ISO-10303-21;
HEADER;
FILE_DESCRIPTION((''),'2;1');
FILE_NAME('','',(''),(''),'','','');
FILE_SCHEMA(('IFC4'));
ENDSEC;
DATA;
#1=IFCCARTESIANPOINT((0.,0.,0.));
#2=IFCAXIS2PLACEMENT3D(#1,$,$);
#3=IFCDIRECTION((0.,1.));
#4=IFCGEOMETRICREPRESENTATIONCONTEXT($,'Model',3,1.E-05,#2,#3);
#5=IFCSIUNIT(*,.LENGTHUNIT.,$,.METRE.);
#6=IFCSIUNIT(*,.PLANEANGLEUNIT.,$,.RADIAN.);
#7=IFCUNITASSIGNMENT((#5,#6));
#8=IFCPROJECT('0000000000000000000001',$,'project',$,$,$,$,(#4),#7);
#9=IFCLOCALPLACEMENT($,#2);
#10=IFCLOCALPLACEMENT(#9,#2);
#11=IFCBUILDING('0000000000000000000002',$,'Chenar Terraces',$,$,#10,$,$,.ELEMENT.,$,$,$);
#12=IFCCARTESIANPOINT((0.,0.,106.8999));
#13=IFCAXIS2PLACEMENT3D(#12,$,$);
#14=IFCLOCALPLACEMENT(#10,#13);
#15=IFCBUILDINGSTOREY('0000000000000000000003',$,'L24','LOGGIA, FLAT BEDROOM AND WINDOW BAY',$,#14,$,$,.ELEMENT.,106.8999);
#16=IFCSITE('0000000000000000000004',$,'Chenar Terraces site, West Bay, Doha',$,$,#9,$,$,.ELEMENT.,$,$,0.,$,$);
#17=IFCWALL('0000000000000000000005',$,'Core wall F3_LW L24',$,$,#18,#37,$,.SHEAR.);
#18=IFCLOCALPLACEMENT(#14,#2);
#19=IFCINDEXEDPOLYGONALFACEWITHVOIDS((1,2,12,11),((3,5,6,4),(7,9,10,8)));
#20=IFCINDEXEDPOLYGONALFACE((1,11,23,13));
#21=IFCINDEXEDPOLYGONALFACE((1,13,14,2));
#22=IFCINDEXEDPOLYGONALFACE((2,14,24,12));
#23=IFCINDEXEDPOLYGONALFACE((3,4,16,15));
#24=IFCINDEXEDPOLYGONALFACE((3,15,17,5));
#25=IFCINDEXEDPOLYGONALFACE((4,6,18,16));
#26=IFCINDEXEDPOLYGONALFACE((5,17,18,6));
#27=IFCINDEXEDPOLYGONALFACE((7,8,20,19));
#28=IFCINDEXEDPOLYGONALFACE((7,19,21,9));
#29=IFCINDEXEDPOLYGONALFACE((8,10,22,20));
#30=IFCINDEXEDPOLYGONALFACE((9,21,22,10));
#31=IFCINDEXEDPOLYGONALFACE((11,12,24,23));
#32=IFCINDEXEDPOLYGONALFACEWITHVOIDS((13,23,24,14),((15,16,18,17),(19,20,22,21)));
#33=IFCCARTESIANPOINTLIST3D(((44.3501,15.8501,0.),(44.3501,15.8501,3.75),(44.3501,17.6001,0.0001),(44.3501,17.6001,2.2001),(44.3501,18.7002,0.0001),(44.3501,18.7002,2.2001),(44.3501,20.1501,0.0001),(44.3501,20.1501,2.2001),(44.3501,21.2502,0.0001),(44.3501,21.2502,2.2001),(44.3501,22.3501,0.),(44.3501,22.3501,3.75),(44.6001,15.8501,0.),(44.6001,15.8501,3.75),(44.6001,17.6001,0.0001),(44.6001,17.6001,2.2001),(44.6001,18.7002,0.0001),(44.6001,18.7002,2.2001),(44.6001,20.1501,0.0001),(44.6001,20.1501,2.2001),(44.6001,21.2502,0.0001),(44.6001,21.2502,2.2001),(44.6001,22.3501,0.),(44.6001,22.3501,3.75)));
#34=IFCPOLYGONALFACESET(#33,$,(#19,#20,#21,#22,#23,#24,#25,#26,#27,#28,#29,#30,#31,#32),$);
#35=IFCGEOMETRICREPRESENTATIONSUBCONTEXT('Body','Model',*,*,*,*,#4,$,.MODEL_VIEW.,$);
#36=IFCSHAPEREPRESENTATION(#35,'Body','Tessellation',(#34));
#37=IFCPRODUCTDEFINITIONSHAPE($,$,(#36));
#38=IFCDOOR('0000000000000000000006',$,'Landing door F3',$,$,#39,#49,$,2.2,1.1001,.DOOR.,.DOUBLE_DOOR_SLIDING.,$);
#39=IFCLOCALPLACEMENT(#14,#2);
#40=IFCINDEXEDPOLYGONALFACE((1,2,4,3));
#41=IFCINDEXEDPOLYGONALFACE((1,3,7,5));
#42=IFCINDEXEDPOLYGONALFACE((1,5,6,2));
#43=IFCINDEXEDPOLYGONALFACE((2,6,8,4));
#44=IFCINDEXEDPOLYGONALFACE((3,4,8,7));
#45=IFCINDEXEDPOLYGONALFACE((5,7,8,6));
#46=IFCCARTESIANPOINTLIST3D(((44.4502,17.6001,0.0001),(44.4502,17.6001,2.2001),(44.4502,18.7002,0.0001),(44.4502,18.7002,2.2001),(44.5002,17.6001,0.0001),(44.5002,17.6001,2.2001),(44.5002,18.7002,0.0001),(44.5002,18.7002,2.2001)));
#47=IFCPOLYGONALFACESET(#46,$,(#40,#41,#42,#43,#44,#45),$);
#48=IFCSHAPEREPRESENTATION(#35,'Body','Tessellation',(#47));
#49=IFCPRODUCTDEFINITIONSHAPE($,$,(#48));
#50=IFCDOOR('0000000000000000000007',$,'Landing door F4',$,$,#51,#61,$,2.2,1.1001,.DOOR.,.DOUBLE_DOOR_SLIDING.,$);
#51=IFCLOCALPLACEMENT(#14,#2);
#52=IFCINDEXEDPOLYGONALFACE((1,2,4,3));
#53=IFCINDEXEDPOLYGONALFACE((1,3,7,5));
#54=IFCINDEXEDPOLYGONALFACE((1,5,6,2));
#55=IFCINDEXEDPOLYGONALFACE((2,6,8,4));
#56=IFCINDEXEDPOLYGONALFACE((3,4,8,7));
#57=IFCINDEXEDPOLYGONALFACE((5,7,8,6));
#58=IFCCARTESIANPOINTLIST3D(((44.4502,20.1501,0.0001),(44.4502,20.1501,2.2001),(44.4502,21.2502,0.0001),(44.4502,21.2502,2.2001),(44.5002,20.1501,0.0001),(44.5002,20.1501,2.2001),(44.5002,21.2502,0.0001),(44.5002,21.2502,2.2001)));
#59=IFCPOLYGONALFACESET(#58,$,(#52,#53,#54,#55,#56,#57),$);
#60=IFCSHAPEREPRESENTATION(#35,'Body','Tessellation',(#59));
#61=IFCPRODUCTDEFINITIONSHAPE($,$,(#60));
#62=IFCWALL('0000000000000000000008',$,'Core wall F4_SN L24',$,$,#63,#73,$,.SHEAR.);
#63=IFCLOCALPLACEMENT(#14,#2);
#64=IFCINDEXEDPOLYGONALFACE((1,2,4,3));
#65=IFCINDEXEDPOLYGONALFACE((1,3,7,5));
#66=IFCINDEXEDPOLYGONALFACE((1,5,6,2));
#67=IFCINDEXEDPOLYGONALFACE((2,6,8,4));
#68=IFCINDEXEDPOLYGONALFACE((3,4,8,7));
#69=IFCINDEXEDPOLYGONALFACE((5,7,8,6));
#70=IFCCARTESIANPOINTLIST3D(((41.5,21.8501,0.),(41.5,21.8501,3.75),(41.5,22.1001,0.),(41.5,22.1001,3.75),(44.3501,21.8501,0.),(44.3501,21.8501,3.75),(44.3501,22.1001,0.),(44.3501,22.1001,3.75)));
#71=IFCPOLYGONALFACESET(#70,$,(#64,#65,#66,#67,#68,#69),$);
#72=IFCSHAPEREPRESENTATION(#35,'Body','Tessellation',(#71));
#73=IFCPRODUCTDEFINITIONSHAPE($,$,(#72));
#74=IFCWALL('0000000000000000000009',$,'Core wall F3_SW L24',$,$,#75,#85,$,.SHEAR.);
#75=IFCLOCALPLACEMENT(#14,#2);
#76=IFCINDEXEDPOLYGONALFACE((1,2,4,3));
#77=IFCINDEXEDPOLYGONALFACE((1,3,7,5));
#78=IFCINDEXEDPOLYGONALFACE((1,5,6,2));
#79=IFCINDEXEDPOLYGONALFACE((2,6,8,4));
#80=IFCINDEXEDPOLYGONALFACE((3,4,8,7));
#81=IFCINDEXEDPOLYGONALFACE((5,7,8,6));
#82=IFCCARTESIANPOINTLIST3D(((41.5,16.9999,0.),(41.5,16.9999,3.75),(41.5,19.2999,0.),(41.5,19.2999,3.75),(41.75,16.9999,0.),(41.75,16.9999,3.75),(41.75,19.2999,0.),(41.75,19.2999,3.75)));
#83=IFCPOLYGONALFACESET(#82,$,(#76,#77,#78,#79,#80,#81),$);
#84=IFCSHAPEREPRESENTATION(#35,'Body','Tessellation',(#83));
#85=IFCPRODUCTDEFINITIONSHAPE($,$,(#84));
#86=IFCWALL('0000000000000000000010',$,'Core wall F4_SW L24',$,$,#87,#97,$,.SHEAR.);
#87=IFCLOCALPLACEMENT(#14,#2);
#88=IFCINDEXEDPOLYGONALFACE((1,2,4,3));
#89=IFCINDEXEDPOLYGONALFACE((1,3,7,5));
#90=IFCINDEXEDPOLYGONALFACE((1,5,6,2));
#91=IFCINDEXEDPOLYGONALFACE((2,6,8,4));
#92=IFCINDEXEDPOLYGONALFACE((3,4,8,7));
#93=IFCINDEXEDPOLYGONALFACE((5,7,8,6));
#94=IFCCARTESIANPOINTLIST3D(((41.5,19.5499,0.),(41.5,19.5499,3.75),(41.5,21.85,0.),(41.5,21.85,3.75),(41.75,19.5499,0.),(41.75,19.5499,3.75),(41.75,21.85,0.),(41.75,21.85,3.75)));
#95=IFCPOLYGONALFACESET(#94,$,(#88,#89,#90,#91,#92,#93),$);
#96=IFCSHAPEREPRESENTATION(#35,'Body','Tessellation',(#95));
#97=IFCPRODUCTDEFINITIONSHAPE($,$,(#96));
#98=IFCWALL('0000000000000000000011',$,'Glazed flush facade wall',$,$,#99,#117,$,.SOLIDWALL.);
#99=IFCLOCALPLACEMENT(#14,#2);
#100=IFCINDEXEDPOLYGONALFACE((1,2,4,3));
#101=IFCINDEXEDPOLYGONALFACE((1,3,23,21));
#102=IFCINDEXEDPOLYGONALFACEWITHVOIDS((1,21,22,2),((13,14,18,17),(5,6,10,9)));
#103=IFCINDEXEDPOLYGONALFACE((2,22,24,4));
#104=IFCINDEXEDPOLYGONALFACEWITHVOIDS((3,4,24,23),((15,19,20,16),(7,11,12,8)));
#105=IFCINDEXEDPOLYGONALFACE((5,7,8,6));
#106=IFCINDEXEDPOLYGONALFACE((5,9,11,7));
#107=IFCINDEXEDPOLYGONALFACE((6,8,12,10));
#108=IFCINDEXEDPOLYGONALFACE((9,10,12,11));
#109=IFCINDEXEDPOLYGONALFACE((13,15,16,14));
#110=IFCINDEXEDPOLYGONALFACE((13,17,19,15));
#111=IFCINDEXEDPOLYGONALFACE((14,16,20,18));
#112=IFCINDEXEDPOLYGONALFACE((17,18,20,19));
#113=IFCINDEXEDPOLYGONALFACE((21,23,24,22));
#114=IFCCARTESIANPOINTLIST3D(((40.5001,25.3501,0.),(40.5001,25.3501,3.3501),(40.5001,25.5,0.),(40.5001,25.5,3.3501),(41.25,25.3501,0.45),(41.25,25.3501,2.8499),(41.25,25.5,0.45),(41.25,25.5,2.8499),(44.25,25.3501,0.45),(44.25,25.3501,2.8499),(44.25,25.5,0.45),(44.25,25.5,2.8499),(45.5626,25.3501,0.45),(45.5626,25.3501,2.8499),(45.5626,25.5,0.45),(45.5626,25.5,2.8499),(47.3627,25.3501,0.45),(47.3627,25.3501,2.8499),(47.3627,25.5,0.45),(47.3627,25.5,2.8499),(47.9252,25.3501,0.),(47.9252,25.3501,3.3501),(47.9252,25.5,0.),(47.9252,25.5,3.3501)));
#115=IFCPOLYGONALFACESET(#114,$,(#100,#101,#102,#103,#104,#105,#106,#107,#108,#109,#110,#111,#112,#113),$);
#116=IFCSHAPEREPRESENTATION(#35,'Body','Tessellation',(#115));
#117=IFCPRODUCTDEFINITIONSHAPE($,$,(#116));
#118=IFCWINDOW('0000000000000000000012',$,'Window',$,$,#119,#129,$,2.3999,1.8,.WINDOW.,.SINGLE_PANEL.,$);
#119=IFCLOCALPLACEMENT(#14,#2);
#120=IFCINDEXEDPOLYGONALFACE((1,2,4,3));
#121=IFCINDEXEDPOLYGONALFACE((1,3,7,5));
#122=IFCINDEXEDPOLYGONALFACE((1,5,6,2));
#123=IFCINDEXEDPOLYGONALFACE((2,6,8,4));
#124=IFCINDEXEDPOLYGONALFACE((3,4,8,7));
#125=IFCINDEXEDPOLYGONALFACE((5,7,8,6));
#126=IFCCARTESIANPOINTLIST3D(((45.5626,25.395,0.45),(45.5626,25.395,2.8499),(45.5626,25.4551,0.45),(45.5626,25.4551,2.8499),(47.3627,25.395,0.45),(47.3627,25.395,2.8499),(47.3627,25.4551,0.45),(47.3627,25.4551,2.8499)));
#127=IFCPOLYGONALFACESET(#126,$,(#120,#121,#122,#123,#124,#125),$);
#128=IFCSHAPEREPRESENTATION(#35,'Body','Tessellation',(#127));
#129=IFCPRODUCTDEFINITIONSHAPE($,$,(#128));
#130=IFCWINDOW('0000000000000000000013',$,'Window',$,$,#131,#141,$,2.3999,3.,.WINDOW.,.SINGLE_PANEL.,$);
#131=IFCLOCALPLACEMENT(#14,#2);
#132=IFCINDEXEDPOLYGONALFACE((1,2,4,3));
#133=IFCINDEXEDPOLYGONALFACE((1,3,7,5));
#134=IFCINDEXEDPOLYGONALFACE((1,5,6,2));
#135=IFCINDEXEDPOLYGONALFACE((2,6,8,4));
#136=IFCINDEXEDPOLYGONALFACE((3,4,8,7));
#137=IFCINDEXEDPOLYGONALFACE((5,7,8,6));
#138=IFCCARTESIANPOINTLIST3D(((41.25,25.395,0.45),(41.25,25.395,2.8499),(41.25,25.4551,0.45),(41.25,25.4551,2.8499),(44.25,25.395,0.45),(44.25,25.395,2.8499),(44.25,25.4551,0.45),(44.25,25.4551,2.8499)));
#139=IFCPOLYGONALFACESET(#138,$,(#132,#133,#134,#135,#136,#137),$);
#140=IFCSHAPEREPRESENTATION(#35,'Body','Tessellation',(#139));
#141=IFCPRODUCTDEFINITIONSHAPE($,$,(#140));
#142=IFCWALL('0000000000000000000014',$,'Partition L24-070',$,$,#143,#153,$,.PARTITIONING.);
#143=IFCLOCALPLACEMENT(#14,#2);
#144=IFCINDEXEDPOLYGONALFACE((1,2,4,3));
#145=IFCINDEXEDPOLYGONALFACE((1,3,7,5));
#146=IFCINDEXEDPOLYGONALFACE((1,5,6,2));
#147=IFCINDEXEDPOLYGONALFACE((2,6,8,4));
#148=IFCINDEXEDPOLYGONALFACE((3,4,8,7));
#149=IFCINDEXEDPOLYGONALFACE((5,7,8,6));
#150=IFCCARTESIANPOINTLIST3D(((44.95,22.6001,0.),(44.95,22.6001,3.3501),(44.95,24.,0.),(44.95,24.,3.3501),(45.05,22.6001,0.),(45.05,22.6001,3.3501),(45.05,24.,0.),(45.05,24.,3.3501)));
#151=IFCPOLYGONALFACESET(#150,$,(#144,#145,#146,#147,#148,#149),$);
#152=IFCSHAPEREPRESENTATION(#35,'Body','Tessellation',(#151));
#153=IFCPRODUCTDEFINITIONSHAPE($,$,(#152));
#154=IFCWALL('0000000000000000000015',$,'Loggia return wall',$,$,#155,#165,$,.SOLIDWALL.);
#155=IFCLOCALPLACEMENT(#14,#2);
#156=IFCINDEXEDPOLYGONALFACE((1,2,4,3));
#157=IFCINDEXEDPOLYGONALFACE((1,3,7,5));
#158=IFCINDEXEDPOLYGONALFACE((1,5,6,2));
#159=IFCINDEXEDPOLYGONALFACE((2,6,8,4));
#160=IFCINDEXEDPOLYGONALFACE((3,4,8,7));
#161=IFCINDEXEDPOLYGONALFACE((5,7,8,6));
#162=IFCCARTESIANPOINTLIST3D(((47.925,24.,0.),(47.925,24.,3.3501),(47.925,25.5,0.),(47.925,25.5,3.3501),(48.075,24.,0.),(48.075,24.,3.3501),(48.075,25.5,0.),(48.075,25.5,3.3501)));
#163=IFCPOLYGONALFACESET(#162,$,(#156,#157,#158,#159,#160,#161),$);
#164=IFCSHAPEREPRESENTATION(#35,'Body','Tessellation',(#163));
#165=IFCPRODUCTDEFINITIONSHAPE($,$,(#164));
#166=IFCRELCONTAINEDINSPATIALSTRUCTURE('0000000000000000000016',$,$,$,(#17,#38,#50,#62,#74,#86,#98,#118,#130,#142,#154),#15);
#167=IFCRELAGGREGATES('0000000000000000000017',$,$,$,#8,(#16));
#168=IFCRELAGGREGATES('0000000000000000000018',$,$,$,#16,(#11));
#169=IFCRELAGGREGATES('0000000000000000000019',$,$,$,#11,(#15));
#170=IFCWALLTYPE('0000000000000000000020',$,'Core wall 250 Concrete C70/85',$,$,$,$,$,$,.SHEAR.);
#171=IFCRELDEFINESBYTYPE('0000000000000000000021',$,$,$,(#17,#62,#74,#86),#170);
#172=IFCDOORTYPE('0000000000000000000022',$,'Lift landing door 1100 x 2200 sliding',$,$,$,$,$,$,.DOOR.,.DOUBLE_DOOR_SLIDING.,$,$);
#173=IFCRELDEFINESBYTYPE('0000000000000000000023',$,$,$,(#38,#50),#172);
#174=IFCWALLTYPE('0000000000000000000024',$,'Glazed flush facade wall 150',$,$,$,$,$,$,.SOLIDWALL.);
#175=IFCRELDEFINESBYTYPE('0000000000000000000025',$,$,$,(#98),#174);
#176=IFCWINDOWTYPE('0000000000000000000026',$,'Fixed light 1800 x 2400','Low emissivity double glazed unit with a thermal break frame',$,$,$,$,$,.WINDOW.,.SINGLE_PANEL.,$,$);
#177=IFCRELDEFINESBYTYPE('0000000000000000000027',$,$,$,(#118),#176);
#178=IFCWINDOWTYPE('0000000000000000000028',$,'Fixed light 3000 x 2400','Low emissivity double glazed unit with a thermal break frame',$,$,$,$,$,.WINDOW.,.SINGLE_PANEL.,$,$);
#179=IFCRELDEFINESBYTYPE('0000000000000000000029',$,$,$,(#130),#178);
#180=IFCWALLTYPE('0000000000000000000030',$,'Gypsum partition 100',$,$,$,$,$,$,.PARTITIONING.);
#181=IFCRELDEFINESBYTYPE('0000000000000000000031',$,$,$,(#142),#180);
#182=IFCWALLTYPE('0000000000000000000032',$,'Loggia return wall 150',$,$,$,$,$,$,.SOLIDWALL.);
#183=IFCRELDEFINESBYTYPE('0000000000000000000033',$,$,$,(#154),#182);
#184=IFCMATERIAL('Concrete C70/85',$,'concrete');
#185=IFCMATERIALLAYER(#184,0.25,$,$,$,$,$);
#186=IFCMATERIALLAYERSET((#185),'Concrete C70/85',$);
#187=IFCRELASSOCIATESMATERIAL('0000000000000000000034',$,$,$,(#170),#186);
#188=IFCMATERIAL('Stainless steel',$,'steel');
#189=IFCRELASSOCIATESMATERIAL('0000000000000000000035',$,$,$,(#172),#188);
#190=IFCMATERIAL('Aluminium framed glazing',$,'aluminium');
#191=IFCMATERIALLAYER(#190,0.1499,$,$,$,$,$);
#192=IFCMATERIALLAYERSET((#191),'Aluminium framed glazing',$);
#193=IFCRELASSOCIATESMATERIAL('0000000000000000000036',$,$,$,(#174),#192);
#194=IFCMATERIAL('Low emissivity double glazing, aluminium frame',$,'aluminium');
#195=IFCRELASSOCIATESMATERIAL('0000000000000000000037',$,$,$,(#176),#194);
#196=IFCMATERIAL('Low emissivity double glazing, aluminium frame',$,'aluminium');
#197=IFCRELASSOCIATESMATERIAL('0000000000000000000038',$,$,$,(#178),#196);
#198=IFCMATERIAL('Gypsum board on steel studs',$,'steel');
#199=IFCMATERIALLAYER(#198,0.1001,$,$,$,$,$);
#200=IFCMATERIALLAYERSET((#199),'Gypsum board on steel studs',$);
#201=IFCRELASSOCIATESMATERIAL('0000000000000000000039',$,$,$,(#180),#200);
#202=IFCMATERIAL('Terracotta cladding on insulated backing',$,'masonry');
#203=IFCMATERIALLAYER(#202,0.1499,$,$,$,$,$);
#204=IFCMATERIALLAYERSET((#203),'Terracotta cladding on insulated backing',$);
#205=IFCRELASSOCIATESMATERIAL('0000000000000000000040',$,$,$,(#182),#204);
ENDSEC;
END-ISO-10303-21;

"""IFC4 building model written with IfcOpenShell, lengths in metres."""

from ifc_helpers import new_model, si_unit, direction, frame, frame_2d, origin, place, context, subcontext, project, spatial, rectangle, extrude, material, layer, layer_set, type_object, element, fill, save


model = new_model("IFC4")

# Units and contexts
model_context = context("Model", 3, precision=1e-05, world=origin(), true_north=direction((0.0, 1.0)))
body_context = subcontext(model_context, "Body", "Model", "MODEL_VIEW")
ifc_project = project(units=[si_unit("LENGTHUNIT", "METRE"), si_unit("PLANEANGLEUNIT", "RADIAN")], contexts=[model_context])

# Site, building, storey
site_placement = place(None, origin())
site = spatial("IfcSite", under=ifc_project, at=site_placement, Name="Chenar Terraces site, West Bay, Doha", CompositionType="ELEMENT", RefElevation=0.0)
building_placement = place(site_placement, origin())
building = spatial("IfcBuilding", under=site, at=building_placement, Name="Chenar Terraces", CompositionType="ELEMENT")
storey_placement = place(building_placement, frame((0.0, 0.0, 106.8999)))
storey = spatial("IfcBuildingStorey", under=building, at=storey_placement, Name="L24", Description="LOGGIA, FLAT BEDROOM AND WINDOW BAY", CompositionType="ELEMENT", Elevation=106.8999)

# Shared definitions
ifc_material_1 = material(Name="Concrete C70/85", Category="concrete")
ifc_layer_1 = layer(ifc_material_1, 0.25)
ifc_layer_set_1 = layer_set([ifc_layer_1], Name="Concrete C70/85")
wall_type_1 = type_object("IfcWallType", Name="Core wall 250 Concrete C70/85", PredefinedType="SHEAR", material=ifc_layer_set_1)

# Wall, openings, doors
wall_1_placement = place(storey_placement, frame((44.4751, 15.8501, 0.0), z_axis=(0.0, 0.0, 1.0), x_axis=(0.0, 1.0, 0.0)))
wall_1 = element("IfcWall", 1, at=wall_1_placement, inside=storey, type_object=wall_type_1, Name="Core wall F3_LW L24", PredefinedType="SHEAR", context=body_context, shape_type="SweptSolid", body=[
    extrude(rectangle(XDim=6.5, YDim=0.25, at=frame_2d((3.25, 0.0))), origin(), (0.0, 0.0, 1.0), 3.75),
])
opening_1_placement = place(wall_1_placement, frame((1.75, 0.0, 0.0)))
opening_1 = element("IfcOpeningElement", 2, at=opening_1_placement, cuts=wall_1, PredefinedType="OPENING", context=body_context, shape_type="SweptSolid", body=[
    extrude(rectangle(XDim=1.1001, YDim=2.2, at=frame_2d((0.55, 1.1001))), frame((0.0, 0.135, 0.0), z_axis=(0.0, -1.0, 0.0), x_axis=(1.0, 0.0, 0.0)), (0.0, 0.0, 1.0), 0.27),
])
opening_2_placement = place(wall_1_placement, frame((4.3, 0.0, 0.0)))
opening_2 = element("IfcOpeningElement", 3, at=opening_2_placement, cuts=wall_1, PredefinedType="OPENING", context=body_context, shape_type="SweptSolid", body=[
    extrude(rectangle(XDim=1.1001, YDim=2.2, at=frame_2d((0.55, 1.1001))), frame((0.0, 0.135, 0.0), z_axis=(0.0, -1.0, 0.0), x_axis=(1.0, 0.0, 0.0)), (0.0, 0.0, 1.0), 0.27),
])
ifc_material_2 = material(Name="Stainless steel", Category="steel")
door_type_1 = type_object("IfcDoorType", Name="Lift landing door 1100 x 2200 sliding", OperationType="DOUBLE_DOOR_SLIDING", PredefinedType="DOOR", material=ifc_material_2)
door_1_placement = place(opening_1_placement, origin())
door_1 = element("IfcDoor", 4, at=door_1_placement, inside=storey, type_object=door_type_1, Name="Landing door F3", OperationType="DOUBLE_DOOR_SLIDING", OverallHeight=2.2, OverallWidth=1.1001, PredefinedType="DOOR", context=body_context, shape_type="SweptSolid", body=[
    extrude(rectangle(XDim=1.1001, YDim=2.2, at=frame_2d((0.55, 1.1001))), frame((0.0, 0.0249, 0.0), z_axis=(0.0, -1.0, 0.0), x_axis=(1.0, 0.0, 0.0)), (0.0, 0.0, 1.0), 0.05),
])
fill(opening_1, door_1)
door_2_placement = place(opening_2_placement, origin())
door_2 = element("IfcDoor", 5, at=door_2_placement, inside=storey, type_object=door_type_1, Name="Landing door F4", OperationType="DOUBLE_DOOR_SLIDING", OverallHeight=2.2, OverallWidth=1.1001, PredefinedType="DOOR", context=body_context, shape_type="SweptSolid", body=[
    extrude(rectangle(XDim=1.1001, YDim=2.2, at=frame_2d((0.55, 1.1001))), frame((0.0, 0.0249, 0.0), z_axis=(0.0, -1.0, 0.0), x_axis=(1.0, 0.0, 0.0)), (0.0, 0.0, 1.0), 0.05),
])
fill(opening_2, door_2)

# Walls
wall_2_placement = place(storey_placement, frame((41.5, 21.9751, 0.0), z_axis=(0.0, 0.0, 1.0), x_axis=(1.0, 0.0, 0.0)))
element("IfcWall", 6, at=wall_2_placement, inside=storey, type_object=wall_type_1, Name="Core wall F4_SN L24", PredefinedType="SHEAR", context=body_context, shape_type="SweptSolid", body=[
    extrude(rectangle(XDim=2.8501, YDim=0.25, at=frame_2d((1.425, 0.0))), origin(), (0.0, 0.0, 1.0), 3.75),
])
for number, where, z_axis, x_axis, name in (
    (7, (41.625, 17.0, 0.0), (0.0, 0.0, 1.0), (0.0, 1.0, 0.0), "Core wall F3_SW L24"),
    (8, (41.625, 19.55, 0.0), (0.0, 0.0, 1.0), (0.0, 1.0, 0.0), "Core wall F4_SW L24"),
):
    element("IfcWall", number, at=place(storey_placement, frame(where, z_axis=z_axis, x_axis=x_axis)), inside=storey, type_object=wall_type_1, Name=name, PredefinedType="SHEAR", context=body_context, shape_type="SweptSolid", body=[
        extrude(rectangle(XDim=2.3, YDim=0.25, at=frame_2d((1.1499, 0.0))), origin(), (0.0, 0.0, 1.0), 3.75),
    ])

# Wall, openings, windows
ifc_material_3 = material(Name="Aluminium framed glazing", Category="aluminium")
ifc_layer_2 = layer(ifc_material_3, 0.1499)
ifc_layer_set_2 = layer_set([ifc_layer_2], Name="Aluminium framed glazing")
wall_type_2 = type_object("IfcWallType", Name="Glazed flush facade wall 150", PredefinedType="SOLIDWALL", material=ifc_layer_set_2)
wall_3_placement = place(storey_placement, frame((47.925, 25.425, 0.0), z_axis=(0.0, 0.0, 1.0), x_axis=(-1.0, 0.0, 0.0)))
wall_3 = element("IfcWall", 9, at=wall_3_placement, inside=storey, type_object=wall_type_2, Name="Glazed flush facade wall", PredefinedType="SOLIDWALL", context=body_context, shape_type="SweptSolid", body=[
    extrude(rectangle(XDim=7.425, YDim=0.1499, at=frame_2d((3.7124, 0.0))), origin(), (0.0, 0.0, 1.0), 3.3501),
])
opening_3_placement = place(wall_3_placement, frame((0.5625, 0.0, 0.45)))
opening_3 = element("IfcOpeningElement", 10, at=opening_3_placement, cuts=wall_3, PredefinedType="OPENING", context=body_context, shape_type="SweptSolid", body=[
    extrude(rectangle(XDim=1.8, YDim=2.3999, at=frame_2d((0.8999, 1.2))), frame((0.0, 0.085, 0.0), z_axis=(0.0, -1.0, 0.0), x_axis=(1.0, 0.0, 0.0)), (0.0, 0.0, 1.0), 0.1699),
])
opening_4_placement = place(wall_3_placement, frame((3.675, 0.0, 0.45)))
opening_4 = element("IfcOpeningElement", 11, at=opening_4_placement, cuts=wall_3, PredefinedType="OPENING", context=body_context, shape_type="SweptSolid", body=[
    extrude(rectangle(XDim=3.0, YDim=2.3999, at=frame_2d((1.5, 1.2))), frame((0.0, 0.085, 0.0), z_axis=(0.0, -1.0, 0.0), x_axis=(1.0, 0.0, 0.0)), (0.0, 0.0, 1.0), 0.1699),
])
ifc_material_4 = material(Name="Low emissivity double glazing, aluminium frame", Category="aluminium")
window_type_1 = type_object("IfcWindowType", Name="Fixed light 1800 x 2400", Description="Low emissivity double glazed unit with a thermal break frame", PartitioningType="SINGLE_PANEL", PredefinedType="WINDOW", material=ifc_material_4)
window_1_placement = place(opening_3_placement, origin())
window_1 = element("IfcWindow", 12, at=window_1_placement, inside=storey, type_object=window_type_1, Name="Window", OverallHeight=2.3999, OverallWidth=1.8, PartitioningType="SINGLE_PANEL", PredefinedType="WINDOW", context=body_context, shape_type="SweptSolid", body=[
    extrude(rectangle(XDim=1.8, YDim=2.3999, at=frame_2d((0.8999, 1.2))), frame((0.0, 0.03, 0.0), z_axis=(0.0, -1.0, 0.0), x_axis=(1.0, 0.0, 0.0)), (0.0, 0.0, 1.0), 0.0601),
])
fill(opening_3, window_1)
ifc_material_5 = material(Name="Low emissivity double glazing, aluminium frame", Category="aluminium")
window_type_2 = type_object("IfcWindowType", Name="Fixed light 3000 x 2400", Description="Low emissivity double glazed unit with a thermal break frame", PartitioningType="SINGLE_PANEL", PredefinedType="WINDOW", material=ifc_material_5)
window_2_placement = place(opening_4_placement, origin())
window_2 = element("IfcWindow", 13, at=window_2_placement, inside=storey, type_object=window_type_2, Name="Window", OverallHeight=2.3999, OverallWidth=3.0, PartitioningType="SINGLE_PANEL", PredefinedType="WINDOW", context=body_context, shape_type="SweptSolid", body=[
    extrude(rectangle(XDim=3.0, YDim=2.3999, at=frame_2d((1.5, 1.2))), frame((0.0, 0.03, 0.0), z_axis=(0.0, -1.0, 0.0), x_axis=(1.0, 0.0, 0.0)), (0.0, 0.0, 1.0), 0.0601),
])
fill(opening_4, window_2)

# Walls
ifc_material_6 = material(Name="Gypsum board on steel studs", Category="steel")
ifc_layer_3 = layer(ifc_material_6, 0.1001)
ifc_layer_set_3 = layer_set([ifc_layer_3], Name="Gypsum board on steel studs")
wall_type_3 = type_object("IfcWallType", Name="Gypsum partition 100", PredefinedType="PARTITIONING", material=ifc_layer_set_3)
wall_4_placement = place(storey_placement, frame((45.0, 22.6001, 0.0), z_axis=(0.0, 0.0, 1.0), x_axis=(0.0, 1.0, 0.0)))
element("IfcWall", 14, at=wall_4_placement, inside=storey, type_object=wall_type_3, Name="Partition L24-070", PredefinedType="PARTITIONING", context=body_context, shape_type="SweptSolid", body=[
    extrude(rectangle(XDim=1.3999, YDim=0.1001, at=frame_2d((0.7, 0.0))), origin(), (0.0, 0.0, 1.0), 3.3501),
])
ifc_material_7 = material(Name="Terracotta cladding on insulated backing", Category="masonry")
ifc_layer_4 = layer(ifc_material_7, 0.1499)
ifc_layer_set_4 = layer_set([ifc_layer_4], Name="Terracotta cladding on insulated backing")
wall_type_4 = type_object("IfcWallType", Name="Loggia return wall 150", PredefinedType="SOLIDWALL", material=ifc_layer_set_4)
wall_5_placement = place(storey_placement, frame((48.0, 25.5, 0.0), z_axis=(0.0, 0.0, 1.0), x_axis=(0.0, -1.0, 0.0)))
element("IfcWall", 15, at=wall_5_placement, inside=storey, type_object=wall_type_4, Name="Loggia return wall", PredefinedType="SOLIDWALL", context=body_context, shape_type="SweptSolid", body=[
    extrude(rectangle(XDim=1.5, YDim=0.1499, at=frame_2d((0.75, 0.0))), origin(), (0.0, 0.0, 1.0), 3.3501),
])

save(model, "model.ifc")
